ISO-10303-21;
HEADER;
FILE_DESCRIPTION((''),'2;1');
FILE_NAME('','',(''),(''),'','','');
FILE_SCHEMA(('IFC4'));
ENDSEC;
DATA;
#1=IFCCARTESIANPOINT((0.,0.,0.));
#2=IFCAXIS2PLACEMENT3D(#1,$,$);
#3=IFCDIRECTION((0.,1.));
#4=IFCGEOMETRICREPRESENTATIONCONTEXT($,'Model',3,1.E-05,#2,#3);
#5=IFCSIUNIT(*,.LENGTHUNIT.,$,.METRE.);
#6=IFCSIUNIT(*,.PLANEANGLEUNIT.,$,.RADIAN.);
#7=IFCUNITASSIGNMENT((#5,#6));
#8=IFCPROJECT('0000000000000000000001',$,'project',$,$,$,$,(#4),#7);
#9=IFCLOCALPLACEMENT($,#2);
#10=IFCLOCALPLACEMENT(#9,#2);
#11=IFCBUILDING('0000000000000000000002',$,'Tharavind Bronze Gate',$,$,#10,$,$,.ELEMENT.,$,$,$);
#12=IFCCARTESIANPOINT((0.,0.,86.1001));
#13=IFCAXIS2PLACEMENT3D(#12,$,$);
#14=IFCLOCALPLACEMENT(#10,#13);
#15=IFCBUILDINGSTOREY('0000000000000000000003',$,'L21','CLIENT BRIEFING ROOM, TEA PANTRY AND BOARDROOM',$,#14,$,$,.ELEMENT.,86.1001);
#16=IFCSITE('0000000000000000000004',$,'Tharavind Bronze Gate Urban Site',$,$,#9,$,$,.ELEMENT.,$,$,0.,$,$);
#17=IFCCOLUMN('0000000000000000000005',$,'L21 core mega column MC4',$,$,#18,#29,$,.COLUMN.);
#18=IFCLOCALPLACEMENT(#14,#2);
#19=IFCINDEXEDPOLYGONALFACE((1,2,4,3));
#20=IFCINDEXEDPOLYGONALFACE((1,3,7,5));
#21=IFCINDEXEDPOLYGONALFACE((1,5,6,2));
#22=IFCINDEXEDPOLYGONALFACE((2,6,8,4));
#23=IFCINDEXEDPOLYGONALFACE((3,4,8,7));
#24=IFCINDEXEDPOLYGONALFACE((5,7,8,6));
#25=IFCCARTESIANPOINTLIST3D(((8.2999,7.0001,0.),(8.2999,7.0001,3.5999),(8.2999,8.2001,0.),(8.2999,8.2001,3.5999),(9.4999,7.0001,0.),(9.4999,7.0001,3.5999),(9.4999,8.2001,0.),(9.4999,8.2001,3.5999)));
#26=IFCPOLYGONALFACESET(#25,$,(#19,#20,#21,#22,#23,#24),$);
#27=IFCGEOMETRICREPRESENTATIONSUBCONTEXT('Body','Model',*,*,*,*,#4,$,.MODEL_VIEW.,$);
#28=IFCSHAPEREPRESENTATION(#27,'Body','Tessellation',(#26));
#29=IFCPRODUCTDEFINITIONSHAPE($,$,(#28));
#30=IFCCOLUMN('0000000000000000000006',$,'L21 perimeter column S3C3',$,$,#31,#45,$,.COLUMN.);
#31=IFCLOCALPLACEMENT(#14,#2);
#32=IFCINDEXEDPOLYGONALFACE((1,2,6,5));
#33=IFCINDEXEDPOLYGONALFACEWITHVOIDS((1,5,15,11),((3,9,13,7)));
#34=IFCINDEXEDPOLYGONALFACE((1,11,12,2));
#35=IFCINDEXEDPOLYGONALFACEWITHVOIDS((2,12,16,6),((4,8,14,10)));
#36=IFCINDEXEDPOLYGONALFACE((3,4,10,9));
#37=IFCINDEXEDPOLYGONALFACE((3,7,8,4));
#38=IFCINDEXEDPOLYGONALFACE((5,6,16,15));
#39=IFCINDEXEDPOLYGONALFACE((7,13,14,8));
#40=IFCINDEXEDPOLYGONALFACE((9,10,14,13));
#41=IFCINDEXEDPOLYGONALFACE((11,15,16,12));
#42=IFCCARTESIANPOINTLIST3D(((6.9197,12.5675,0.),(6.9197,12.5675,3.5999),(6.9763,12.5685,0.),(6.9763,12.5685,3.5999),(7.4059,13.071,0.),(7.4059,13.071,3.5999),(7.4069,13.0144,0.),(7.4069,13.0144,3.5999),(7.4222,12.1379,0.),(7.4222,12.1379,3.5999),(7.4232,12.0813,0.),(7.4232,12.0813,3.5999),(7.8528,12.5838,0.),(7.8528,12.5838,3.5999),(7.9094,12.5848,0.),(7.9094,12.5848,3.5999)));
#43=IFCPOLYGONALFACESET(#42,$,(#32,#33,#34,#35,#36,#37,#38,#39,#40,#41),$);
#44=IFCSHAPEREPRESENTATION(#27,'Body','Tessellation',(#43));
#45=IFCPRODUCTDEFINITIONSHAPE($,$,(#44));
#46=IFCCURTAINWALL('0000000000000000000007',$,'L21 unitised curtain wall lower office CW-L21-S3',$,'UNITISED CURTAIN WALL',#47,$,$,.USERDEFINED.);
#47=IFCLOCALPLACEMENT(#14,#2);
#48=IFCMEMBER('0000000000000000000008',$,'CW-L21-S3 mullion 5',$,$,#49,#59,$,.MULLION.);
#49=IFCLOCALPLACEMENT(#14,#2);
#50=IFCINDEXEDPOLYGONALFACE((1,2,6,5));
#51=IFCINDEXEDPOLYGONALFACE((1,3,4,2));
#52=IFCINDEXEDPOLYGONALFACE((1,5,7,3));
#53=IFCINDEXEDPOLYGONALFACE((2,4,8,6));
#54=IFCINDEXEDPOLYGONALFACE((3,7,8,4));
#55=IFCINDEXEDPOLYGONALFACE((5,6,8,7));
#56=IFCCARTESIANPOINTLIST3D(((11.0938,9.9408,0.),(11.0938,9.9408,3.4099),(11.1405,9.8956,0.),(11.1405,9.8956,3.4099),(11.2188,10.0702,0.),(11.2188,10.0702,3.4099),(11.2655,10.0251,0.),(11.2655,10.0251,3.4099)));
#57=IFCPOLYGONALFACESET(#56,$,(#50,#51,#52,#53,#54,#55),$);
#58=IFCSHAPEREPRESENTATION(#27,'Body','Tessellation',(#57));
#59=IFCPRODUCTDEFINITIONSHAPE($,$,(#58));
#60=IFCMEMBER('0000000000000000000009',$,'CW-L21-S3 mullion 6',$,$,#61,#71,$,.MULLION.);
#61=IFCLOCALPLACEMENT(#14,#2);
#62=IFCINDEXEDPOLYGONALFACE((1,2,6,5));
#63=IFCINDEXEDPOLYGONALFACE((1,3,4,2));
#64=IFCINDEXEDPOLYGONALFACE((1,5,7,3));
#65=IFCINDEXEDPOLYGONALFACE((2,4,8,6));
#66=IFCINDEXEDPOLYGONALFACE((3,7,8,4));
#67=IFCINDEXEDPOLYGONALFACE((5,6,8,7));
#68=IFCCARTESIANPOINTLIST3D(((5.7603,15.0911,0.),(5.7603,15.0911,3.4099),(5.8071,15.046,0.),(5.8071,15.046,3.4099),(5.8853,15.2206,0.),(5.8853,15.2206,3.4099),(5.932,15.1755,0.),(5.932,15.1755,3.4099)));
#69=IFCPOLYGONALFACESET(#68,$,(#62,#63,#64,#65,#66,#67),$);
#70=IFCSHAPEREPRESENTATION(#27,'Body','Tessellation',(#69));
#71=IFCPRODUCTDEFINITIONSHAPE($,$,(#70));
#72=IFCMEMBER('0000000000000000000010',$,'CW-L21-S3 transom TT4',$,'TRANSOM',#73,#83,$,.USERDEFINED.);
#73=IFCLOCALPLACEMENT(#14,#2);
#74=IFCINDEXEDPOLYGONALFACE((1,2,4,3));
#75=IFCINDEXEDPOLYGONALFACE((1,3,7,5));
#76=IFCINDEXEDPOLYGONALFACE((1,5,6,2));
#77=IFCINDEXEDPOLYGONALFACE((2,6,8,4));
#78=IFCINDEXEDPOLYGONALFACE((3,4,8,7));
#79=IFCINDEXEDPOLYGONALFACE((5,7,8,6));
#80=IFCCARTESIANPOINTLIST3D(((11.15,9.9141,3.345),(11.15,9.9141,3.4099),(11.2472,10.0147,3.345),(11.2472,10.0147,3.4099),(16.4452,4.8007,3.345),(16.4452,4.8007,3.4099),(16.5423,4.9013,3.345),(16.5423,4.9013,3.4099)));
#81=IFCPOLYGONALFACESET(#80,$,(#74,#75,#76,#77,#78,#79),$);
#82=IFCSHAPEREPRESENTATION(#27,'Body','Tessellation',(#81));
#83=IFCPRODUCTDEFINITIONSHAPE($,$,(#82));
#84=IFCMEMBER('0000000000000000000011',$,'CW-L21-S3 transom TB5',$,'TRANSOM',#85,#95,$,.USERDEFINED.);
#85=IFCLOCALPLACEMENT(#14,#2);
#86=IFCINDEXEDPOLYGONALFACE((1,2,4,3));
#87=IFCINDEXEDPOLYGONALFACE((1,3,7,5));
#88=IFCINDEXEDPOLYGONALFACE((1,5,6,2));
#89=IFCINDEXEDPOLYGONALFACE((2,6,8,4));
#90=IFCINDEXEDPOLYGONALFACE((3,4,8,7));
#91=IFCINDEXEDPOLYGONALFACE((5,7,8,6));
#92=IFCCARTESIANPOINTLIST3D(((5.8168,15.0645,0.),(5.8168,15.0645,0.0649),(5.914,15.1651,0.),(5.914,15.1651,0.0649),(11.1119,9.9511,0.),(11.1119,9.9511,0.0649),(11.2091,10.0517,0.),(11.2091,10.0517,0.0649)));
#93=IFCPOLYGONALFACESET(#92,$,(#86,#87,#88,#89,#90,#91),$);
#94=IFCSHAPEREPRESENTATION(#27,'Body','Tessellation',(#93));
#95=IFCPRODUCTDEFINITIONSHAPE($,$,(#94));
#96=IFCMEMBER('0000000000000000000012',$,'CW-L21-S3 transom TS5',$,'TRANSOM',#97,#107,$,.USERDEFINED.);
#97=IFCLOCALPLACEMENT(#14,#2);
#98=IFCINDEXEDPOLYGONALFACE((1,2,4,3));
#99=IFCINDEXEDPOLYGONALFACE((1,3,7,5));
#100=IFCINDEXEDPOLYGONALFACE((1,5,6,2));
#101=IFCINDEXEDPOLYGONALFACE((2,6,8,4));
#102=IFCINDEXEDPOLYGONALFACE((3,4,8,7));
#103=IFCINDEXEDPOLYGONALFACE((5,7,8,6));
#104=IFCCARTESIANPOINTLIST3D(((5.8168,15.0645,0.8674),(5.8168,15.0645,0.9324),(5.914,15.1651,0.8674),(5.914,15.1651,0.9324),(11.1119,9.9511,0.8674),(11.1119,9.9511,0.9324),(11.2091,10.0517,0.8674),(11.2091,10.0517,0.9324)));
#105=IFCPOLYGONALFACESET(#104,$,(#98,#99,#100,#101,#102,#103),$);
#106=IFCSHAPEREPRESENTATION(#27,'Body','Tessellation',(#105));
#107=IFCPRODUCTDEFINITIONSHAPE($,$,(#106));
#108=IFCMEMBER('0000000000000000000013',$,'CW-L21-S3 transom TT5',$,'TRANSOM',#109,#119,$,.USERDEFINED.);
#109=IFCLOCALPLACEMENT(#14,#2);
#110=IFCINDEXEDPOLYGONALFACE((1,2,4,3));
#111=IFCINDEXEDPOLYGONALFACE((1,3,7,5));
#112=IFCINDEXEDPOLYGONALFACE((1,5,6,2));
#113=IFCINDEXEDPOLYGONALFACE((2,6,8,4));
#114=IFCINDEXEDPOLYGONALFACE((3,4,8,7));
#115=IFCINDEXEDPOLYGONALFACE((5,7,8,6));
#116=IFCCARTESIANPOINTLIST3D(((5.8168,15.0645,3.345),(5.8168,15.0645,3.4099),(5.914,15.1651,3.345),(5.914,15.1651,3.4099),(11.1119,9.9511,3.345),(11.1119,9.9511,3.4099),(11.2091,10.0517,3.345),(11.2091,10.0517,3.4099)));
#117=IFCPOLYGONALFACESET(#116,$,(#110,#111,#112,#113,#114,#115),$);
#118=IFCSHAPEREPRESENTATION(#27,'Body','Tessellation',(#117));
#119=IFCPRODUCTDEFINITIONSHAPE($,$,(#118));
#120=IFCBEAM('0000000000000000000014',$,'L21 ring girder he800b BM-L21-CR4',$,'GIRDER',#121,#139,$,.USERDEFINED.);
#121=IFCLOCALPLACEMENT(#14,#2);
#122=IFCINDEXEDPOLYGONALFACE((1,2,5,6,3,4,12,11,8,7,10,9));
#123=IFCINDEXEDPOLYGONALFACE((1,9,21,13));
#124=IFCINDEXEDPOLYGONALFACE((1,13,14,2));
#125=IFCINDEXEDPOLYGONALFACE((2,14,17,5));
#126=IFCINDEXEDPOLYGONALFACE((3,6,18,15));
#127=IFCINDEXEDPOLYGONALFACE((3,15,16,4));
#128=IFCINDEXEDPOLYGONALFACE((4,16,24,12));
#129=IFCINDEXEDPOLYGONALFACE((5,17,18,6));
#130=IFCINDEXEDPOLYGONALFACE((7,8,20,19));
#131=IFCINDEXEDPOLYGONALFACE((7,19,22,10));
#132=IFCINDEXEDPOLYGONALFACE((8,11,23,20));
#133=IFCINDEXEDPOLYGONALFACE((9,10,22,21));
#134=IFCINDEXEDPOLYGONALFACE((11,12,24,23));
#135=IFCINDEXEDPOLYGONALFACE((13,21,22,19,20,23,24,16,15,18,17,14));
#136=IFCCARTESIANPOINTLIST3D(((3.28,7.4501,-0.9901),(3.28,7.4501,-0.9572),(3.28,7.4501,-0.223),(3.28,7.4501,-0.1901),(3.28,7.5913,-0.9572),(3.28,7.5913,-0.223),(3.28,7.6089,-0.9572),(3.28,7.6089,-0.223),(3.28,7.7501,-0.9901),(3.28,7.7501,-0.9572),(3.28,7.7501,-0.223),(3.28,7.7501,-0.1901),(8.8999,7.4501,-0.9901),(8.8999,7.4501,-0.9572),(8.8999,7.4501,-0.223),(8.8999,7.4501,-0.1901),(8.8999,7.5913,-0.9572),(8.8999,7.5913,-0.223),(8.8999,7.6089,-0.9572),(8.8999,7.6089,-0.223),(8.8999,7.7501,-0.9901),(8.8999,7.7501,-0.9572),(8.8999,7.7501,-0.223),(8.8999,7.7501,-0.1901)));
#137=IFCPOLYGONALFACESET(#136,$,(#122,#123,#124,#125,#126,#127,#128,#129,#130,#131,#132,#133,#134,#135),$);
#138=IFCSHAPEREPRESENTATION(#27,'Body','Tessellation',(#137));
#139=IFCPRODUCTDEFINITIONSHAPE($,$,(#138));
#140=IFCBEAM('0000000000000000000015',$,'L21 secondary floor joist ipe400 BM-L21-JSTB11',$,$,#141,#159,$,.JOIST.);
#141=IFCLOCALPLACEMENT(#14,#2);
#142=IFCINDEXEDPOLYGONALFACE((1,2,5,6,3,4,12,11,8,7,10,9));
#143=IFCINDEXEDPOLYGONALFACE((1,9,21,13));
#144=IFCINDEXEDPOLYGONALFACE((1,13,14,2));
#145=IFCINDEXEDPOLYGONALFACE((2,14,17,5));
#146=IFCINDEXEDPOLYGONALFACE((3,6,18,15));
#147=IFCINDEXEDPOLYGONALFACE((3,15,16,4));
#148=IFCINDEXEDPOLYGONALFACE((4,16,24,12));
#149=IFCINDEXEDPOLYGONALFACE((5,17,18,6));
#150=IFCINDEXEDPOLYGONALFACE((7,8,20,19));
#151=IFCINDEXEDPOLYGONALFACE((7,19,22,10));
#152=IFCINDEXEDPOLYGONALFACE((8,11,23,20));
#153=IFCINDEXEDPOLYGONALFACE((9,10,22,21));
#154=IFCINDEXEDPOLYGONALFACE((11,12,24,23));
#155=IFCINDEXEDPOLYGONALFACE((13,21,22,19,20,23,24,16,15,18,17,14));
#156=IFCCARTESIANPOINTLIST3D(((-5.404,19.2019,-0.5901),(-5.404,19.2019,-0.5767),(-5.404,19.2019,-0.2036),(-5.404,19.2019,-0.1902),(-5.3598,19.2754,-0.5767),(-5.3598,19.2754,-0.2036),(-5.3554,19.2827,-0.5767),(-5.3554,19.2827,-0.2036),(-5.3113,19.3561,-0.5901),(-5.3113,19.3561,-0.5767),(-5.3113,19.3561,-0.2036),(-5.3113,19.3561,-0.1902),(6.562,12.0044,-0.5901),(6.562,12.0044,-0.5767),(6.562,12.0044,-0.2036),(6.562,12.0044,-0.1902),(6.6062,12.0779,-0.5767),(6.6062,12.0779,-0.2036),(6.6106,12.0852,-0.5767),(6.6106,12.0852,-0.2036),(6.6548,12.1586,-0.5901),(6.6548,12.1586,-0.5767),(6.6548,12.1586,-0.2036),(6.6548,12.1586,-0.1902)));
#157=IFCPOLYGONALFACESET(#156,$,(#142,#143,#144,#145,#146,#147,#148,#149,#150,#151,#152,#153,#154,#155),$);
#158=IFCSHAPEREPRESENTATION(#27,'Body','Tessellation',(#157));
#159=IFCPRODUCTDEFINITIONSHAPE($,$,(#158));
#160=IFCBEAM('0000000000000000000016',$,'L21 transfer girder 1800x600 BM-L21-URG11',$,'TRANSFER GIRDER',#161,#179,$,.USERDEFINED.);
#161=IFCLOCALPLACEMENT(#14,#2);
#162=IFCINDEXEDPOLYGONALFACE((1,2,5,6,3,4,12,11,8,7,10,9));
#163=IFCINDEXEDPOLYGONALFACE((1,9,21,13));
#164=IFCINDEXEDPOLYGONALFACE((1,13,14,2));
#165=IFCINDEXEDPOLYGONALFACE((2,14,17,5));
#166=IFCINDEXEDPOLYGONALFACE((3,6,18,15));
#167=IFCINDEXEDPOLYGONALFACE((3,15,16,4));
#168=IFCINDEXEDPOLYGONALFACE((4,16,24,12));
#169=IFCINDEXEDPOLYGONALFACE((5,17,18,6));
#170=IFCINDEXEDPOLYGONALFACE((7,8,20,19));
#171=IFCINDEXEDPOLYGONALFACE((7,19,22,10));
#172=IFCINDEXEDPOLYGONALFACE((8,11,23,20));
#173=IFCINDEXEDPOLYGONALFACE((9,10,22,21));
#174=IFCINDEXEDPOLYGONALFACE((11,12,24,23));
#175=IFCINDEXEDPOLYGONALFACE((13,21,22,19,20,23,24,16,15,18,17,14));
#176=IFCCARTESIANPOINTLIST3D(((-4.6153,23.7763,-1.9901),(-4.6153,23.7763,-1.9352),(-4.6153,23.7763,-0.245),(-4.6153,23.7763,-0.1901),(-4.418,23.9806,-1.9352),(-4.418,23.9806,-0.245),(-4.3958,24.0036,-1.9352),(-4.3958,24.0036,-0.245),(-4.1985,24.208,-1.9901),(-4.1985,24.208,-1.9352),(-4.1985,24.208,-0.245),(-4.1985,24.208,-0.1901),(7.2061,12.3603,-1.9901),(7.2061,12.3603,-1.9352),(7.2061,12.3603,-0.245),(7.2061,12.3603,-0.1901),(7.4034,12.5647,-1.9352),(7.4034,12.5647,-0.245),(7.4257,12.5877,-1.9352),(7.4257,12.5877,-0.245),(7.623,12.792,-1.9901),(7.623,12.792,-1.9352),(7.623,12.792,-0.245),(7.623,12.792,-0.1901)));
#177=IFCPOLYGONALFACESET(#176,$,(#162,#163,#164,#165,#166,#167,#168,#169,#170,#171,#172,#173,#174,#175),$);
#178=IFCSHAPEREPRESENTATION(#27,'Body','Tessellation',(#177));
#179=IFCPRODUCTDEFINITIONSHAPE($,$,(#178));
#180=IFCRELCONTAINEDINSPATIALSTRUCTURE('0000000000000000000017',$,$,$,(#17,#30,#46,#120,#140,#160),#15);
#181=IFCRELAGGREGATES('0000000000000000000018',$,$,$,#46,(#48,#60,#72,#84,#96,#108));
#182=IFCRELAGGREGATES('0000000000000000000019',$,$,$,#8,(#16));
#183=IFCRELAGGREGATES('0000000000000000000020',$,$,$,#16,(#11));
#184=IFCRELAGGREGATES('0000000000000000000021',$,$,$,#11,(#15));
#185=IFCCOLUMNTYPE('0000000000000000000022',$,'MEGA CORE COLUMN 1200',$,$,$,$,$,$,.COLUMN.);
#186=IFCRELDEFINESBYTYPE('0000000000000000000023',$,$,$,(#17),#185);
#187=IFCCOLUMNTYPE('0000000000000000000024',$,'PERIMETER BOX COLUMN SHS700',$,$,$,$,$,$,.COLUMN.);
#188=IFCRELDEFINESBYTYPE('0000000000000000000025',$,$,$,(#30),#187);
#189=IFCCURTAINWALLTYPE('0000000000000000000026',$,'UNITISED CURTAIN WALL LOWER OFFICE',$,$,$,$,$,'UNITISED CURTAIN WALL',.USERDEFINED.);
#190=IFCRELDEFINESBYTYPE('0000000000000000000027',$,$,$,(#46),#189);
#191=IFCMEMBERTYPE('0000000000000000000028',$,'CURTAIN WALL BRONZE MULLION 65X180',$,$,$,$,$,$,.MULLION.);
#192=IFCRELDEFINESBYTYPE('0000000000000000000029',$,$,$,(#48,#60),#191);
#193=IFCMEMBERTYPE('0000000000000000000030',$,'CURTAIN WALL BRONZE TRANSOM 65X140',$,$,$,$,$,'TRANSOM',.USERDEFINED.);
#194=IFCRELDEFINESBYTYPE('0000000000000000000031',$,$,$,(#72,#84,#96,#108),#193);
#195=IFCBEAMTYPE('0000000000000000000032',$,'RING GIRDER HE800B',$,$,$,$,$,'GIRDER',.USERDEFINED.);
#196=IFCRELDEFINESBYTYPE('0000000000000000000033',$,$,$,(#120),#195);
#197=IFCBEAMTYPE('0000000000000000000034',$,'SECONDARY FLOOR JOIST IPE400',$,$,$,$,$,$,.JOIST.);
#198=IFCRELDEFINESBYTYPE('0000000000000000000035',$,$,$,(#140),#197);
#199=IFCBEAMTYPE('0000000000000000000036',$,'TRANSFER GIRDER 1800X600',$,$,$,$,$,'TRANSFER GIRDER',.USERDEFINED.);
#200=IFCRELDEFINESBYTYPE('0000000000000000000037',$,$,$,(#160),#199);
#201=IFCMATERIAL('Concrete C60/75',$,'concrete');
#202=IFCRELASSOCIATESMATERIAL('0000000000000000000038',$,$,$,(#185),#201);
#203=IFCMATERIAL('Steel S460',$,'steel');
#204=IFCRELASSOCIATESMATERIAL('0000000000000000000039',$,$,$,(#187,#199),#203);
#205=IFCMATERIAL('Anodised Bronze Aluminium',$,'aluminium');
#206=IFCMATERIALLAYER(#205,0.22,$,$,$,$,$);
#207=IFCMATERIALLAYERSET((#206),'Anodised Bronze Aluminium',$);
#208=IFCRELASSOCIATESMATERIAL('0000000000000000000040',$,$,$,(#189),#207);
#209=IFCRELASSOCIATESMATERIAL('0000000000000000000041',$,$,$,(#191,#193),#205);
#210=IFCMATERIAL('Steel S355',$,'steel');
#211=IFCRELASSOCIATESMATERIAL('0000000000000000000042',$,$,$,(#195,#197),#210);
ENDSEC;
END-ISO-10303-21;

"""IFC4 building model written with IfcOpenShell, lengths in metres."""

from ifc_helpers import new_model, si_unit, direction, frame, origin, origin_2d, place, context, subcontext, project, spatial, rectangle, hollow_rectangle, i_section, extrude, material, layer, layer_set, material_profile, profile_set, type_object, element, aggregate, save


model = new_model("IFC4")

# Units and contexts
model_context = context("Model", 3, precision=1e-05, world=origin(), true_north=direction((0.0, 1.0)))
body_context = subcontext(model_context, "Body", "Model", "MODEL_VIEW")
ifc_project = project(units=[si_unit("LENGTHUNIT", "METRE"), si_unit("PLANEANGLEUNIT", "RADIAN")], contexts=[model_context])

# Site, building, storey
site_placement = place(None, origin())
site = spatial("IfcSite", under=ifc_project, at=site_placement, Name="Tharavind Bronze Gate Urban Site", CompositionType="ELEMENT", RefElevation=0.0)
building_placement = place(site_placement, origin())
building = spatial("IfcBuilding", under=site, at=building_placement, Name="Tharavind Bronze Gate", CompositionType="ELEMENT")
storey_placement = place(building_placement, frame((0.0, 0.0, 86.1001)))
storey = spatial("IfcBuildingStorey", under=building, at=storey_placement, Name="L21", Description="CLIENT BRIEFING ROOM, TEA PANTRY AND BOARDROOM", CompositionType="ELEMENT", Elevation=86.1001)

# Columns
ifc_material_1 = material(Name="Concrete C60/75", Category="concrete")
ifc_material_profile_1 = material_profile(ifc_material_1, rectangle(XDim=1.2, YDim=1.2, at=origin_2d()), Name="RCCOL1200")
ifc_profile_set_1 = profile_set([ifc_material_profile_1], Name="Concrete C60/75")
column_type_1 = type_object("IfcColumnType", Name="MEGA CORE COLUMN 1200", PredefinedType="COLUMN", material=ifc_profile_set_1)
column_1_placement = place(storey_placement, frame((8.8999, 7.6001, 0.0), z_axis=(0.0, 0.0, 1.0), x_axis=(1.0, 0.0, 0.0)))
element("IfcColumn", 1, at=column_1_placement, inside=storey, type_object=column_type_1, Name="L21 core mega column MC4", PredefinedType="COLUMN", context=body_context, shape_type="SweptSolid", body=[
    extrude(rectangle(XDim=1.2, YDim=1.2, at=origin_2d()), origin(), (0.0, 0.0, 1.0), 3.5999),
])
ifc_material_2 = material(Name="Steel S460", Category="steel")
ifc_material_profile_2 = material_profile(ifc_material_2, hollow_rectangle(XDim=0.7, YDim=0.7, WallThickness=0.04, at=origin_2d()), Name="SHS700X40")
ifc_profile_set_2 = profile_set([ifc_material_profile_2], Name="Steel S460")
column_type_2 = type_object("IfcColumnType", Name="PERIMETER BOX COLUMN SHS700", PredefinedType="COLUMN", material=ifc_profile_set_2)
column_2_placement = place(storey_placement, frame((7.4146, 12.5762, 0.0), z_axis=(0.0, 0.0, 1.0), x_axis=(-0.71934, 0.694658, 0.0)))
element("IfcColumn", 2, at=column_2_placement, inside=storey, type_object=column_type_2, Name="L21 perimeter column S3C3", PredefinedType="COLUMN", context=body_context, shape_type="SweptSolid", body=[
    extrude(hollow_rectangle(XDim=0.7, YDim=0.7, WallThickness=0.04, at=origin_2d()), origin(), (0.0, 0.0, 1.0), 3.5999),
])

# Curtain wall, members
ifc_material_3 = material(Name="Anodised Bronze Aluminium", Category="aluminium")
ifc_layer_1 = layer(ifc_material_3, 0.22)
ifc_layer_set_1 = layer_set([ifc_layer_1], Name="Anodised Bronze Aluminium")
curtain_wall_type = type_object("IfcCurtainWallType", Name="UNITISED CURTAIN WALL LOWER OFFICE", ElementType="UNITISED CURTAIN WALL", PredefinedType="USERDEFINED", material=ifc_layer_set_1)
curtain_wall_placement = place(storey_placement, origin())
curtain_wall = element("IfcCurtainWall", 3, at=curtain_wall_placement, inside=storey, type_object=curtain_wall_type, Name="L21 unitised curtain wall lower office CW-L21-S3", ObjectType="UNITISED CURTAIN WALL", PredefinedType="USERDEFINED")
member_type_1 = type_object("IfcMemberType", Name="CURTAIN WALL BRONZE MULLION 65X180", PredefinedType="MULLION", material=ifc_material_3)
member_1_placement = place(storey_placement, frame((11.1797, 9.9829, 0.0), z_axis=(0.0, 0.0, 1.0), x_axis=(-0.719341, 0.694657, 0.0)))
member_1 = element("IfcMember", 4, at=member_1_placement, type_object=member_type_1, Name="CW-L21-S3 mullion 5", PredefinedType="MULLION", context=body_context, shape_type="SweptSolid", body=[
    extrude(rectangle(XDim=0.0649, YDim=0.1799, at=origin_2d()), origin(), (0.0, 0.0, 1.0), 3.4099),
])
member_2_placement = place(storey_placement, frame((5.8462, 15.1333, 0.0), z_axis=(0.0, 0.0, 1.0), x_axis=(-0.719341, 0.694657, 0.0)))
member_2 = element("IfcMember", 5, at=member_2_placement, type_object=member_type_1, Name="CW-L21-S3 mullion 6", PredefinedType="MULLION", context=body_context, shape_type="SweptSolid", body=[
    extrude(rectangle(XDim=0.0649, YDim=0.1799, at=origin_2d()), origin(), (0.0, 0.0, 1.0), 3.4099),
])
member_type_2 = type_object("IfcMemberType", Name="CURTAIN WALL BRONZE TRANSOM 65X140", ElementType="TRANSOM", PredefinedType="USERDEFINED", material=ifc_material_3)
member_3_placement = place(storey_placement, frame((13.8462, 7.4077, 3.345), z_axis=(0.0, 0.0, 1.0), x_axis=(-0.719341, 0.694657, 0.0)))
member_3 = element("IfcMember", 6, at=member_3_placement, type_object=member_type_2, Name="CW-L21-S3 transom TT4", ObjectType="TRANSOM", PredefinedType="USERDEFINED", context=body_context, shape_type="SweptSolid", body=[
    extrude(rectangle(XDim=7.3611, YDim=0.1399, at=origin_2d()), origin(), (0.0, 0.0, 1.0), 0.0649),
])
member_4_placement = place(storey_placement, frame((8.5129, 12.5581, 0.0), z_axis=(0.0, 0.0, 1.0), x_axis=(-0.719341, 0.694657, 0.0)))
member_4 = element("IfcMember", 7, at=member_4_placement, type_object=member_type_2, Name="CW-L21-S3 transom TB5", ObjectType="TRANSOM", PredefinedType="USERDEFINED", context=body_context, shape_type="SweptSolid", body=[
    extrude(rectangle(XDim=7.3611, YDim=0.1399, at=origin_2d()), origin(), (0.0, 0.0, 1.0), 0.0649),
])
member_5_placement = place(storey_placement, frame((8.5129, 12.5581, 0.8674), z_axis=(0.0, 0.0, 1.0), x_axis=(-0.719341, 0.694657, 0.0)))
member_5 = element("IfcMember", 8, at=member_5_placement, type_object=member_type_2, Name="CW-L21-S3 transom TS5", ObjectType="TRANSOM", PredefinedType="USERDEFINED", context=body_context, shape_type="SweptSolid", body=[
    extrude(rectangle(XDim=7.3611, YDim=0.1399, at=origin_2d()), origin(), (0.0, 0.0, 1.0), 0.0649),
])
member_6_placement = place(storey_placement, frame((8.5129, 12.5581, 3.345), z_axis=(0.0, 0.0, 1.0), x_axis=(-0.719341, 0.694657, 0.0)))
member_6 = element("IfcMember", 9, at=member_6_placement, type_object=member_type_2, Name="CW-L21-S3 transom TT5", ObjectType="TRANSOM", PredefinedType="USERDEFINED", context=body_context, shape_type="SweptSolid", body=[
    extrude(rectangle(XDim=7.3611, YDim=0.1399, at=origin_2d()), origin(), (0.0, 0.0, 1.0), 0.0649),
])

# Beams
ifc_material_4 = material(Name="Steel S355", Category="steel")
ifc_material_profile_3 = material_profile(ifc_material_4, i_section(OverallWidth=0.3, OverallDepth=0.8, WebThickness=0.0176, FlangeThickness=0.033, at=origin_2d()), Name="HE800B")
ifc_profile_set_3 = profile_set([ifc_material_profile_3], Name="Steel S355")
beam_type_1 = type_object("IfcBeamType", Name="RING GIRDER HE800B", ElementType="GIRDER", PredefinedType="USERDEFINED", material=ifc_profile_set_3)
beam_1_placement = place(storey_placement, frame((8.8999, 7.6001, -0.5901), z_axis=(-1.0, 0.0, 0.0), x_axis=(0.0, -1.0, 0.0)))
element("IfcBeam", 10, at=beam_1_placement, inside=storey, type_object=beam_type_1, Name="L21 ring girder he800b BM-L21-CR4", ObjectType="GIRDER", PredefinedType="USERDEFINED", context=body_context, shape_type="SweptSolid", body=[
    extrude(i_section(OverallWidth=0.3, OverallDepth=0.8, WebThickness=0.0176, FlangeThickness=0.033, at=origin_2d()), origin(), (0.0, 0.0, 1.0), 5.6199),
])
ifc_material_profile_4 = material_profile(ifc_material_4, i_section(OverallWidth=0.1799, OverallDepth=0.3999, WebThickness=0.0085, FlangeThickness=0.0134, at=origin_2d()), Name="IPE400")
ifc_profile_set_4 = profile_set([ifc_material_profile_4], Name="Steel S355")
beam_type_2 = type_object("IfcBeamType", Name="SECONDARY FLOOR JOIST IPE400", PredefinedType="JOIST", material=ifc_profile_set_4)
beam_2_placement = place(storey_placement, frame((6.6084, 12.0815, -0.3901), z_axis=(-0.856928, 0.515436, 0.0), x_axis=(-0.515436, -0.856928, 0.0)))
element("IfcBeam", 11, at=beam_2_placement, inside=storey, type_object=beam_type_2, Name="L21 secondary floor joist ipe400 BM-L21-JSTB11", PredefinedType="JOIST", context=body_context, shape_type="SweptSolid", body=[
    extrude(i_section(OverallWidth=0.1799, OverallDepth=0.3999, WebThickness=0.0085, FlangeThickness=0.0134, at=origin_2d()), origin(), (0.0, 0.0, 1.0), 13.9639),
])
ifc_material_profile_5 = material_profile(ifc_material_2, i_section(OverallWidth=0.6001, OverallDepth=1.8, WebThickness=0.032, FlangeThickness=0.0549, at=origin_2d()), Name="PG1800X600")
ifc_profile_set_5 = profile_set([ifc_material_profile_5], Name="Steel S460")
beam_type_3 = type_object("IfcBeamType", Name="TRANSFER GIRDER 1800X600", ElementType="TRANSFER GIRDER", PredefinedType="USERDEFINED", material=ifc_profile_set_5)
beam_3_placement = place(storey_placement, frame((7.4146, 12.5762, -1.0901), z_axis=(-0.719337, 0.694661, 0.0), x_axis=(-0.694661, -0.719337, 0.0)))
element("IfcBeam", 12, at=beam_3_placement, inside=storey, type_object=beam_type_3, Name="L21 transfer girder 1800x600 BM-L21-URG11", ObjectType="TRANSFER GIRDER", PredefinedType="USERDEFINED", context=body_context, shape_type="SweptSolid", body=[
    extrude(i_section(OverallWidth=0.6001, OverallDepth=1.8, WebThickness=0.032, FlangeThickness=0.0549, at=origin_2d()), origin(), (0.0, 0.0, 1.0), 16.4338),
])

aggregate(curtain_wall, [member_1, member_2, member_3, member_4, member_5, member_6])

save(model, "model.ifc")
